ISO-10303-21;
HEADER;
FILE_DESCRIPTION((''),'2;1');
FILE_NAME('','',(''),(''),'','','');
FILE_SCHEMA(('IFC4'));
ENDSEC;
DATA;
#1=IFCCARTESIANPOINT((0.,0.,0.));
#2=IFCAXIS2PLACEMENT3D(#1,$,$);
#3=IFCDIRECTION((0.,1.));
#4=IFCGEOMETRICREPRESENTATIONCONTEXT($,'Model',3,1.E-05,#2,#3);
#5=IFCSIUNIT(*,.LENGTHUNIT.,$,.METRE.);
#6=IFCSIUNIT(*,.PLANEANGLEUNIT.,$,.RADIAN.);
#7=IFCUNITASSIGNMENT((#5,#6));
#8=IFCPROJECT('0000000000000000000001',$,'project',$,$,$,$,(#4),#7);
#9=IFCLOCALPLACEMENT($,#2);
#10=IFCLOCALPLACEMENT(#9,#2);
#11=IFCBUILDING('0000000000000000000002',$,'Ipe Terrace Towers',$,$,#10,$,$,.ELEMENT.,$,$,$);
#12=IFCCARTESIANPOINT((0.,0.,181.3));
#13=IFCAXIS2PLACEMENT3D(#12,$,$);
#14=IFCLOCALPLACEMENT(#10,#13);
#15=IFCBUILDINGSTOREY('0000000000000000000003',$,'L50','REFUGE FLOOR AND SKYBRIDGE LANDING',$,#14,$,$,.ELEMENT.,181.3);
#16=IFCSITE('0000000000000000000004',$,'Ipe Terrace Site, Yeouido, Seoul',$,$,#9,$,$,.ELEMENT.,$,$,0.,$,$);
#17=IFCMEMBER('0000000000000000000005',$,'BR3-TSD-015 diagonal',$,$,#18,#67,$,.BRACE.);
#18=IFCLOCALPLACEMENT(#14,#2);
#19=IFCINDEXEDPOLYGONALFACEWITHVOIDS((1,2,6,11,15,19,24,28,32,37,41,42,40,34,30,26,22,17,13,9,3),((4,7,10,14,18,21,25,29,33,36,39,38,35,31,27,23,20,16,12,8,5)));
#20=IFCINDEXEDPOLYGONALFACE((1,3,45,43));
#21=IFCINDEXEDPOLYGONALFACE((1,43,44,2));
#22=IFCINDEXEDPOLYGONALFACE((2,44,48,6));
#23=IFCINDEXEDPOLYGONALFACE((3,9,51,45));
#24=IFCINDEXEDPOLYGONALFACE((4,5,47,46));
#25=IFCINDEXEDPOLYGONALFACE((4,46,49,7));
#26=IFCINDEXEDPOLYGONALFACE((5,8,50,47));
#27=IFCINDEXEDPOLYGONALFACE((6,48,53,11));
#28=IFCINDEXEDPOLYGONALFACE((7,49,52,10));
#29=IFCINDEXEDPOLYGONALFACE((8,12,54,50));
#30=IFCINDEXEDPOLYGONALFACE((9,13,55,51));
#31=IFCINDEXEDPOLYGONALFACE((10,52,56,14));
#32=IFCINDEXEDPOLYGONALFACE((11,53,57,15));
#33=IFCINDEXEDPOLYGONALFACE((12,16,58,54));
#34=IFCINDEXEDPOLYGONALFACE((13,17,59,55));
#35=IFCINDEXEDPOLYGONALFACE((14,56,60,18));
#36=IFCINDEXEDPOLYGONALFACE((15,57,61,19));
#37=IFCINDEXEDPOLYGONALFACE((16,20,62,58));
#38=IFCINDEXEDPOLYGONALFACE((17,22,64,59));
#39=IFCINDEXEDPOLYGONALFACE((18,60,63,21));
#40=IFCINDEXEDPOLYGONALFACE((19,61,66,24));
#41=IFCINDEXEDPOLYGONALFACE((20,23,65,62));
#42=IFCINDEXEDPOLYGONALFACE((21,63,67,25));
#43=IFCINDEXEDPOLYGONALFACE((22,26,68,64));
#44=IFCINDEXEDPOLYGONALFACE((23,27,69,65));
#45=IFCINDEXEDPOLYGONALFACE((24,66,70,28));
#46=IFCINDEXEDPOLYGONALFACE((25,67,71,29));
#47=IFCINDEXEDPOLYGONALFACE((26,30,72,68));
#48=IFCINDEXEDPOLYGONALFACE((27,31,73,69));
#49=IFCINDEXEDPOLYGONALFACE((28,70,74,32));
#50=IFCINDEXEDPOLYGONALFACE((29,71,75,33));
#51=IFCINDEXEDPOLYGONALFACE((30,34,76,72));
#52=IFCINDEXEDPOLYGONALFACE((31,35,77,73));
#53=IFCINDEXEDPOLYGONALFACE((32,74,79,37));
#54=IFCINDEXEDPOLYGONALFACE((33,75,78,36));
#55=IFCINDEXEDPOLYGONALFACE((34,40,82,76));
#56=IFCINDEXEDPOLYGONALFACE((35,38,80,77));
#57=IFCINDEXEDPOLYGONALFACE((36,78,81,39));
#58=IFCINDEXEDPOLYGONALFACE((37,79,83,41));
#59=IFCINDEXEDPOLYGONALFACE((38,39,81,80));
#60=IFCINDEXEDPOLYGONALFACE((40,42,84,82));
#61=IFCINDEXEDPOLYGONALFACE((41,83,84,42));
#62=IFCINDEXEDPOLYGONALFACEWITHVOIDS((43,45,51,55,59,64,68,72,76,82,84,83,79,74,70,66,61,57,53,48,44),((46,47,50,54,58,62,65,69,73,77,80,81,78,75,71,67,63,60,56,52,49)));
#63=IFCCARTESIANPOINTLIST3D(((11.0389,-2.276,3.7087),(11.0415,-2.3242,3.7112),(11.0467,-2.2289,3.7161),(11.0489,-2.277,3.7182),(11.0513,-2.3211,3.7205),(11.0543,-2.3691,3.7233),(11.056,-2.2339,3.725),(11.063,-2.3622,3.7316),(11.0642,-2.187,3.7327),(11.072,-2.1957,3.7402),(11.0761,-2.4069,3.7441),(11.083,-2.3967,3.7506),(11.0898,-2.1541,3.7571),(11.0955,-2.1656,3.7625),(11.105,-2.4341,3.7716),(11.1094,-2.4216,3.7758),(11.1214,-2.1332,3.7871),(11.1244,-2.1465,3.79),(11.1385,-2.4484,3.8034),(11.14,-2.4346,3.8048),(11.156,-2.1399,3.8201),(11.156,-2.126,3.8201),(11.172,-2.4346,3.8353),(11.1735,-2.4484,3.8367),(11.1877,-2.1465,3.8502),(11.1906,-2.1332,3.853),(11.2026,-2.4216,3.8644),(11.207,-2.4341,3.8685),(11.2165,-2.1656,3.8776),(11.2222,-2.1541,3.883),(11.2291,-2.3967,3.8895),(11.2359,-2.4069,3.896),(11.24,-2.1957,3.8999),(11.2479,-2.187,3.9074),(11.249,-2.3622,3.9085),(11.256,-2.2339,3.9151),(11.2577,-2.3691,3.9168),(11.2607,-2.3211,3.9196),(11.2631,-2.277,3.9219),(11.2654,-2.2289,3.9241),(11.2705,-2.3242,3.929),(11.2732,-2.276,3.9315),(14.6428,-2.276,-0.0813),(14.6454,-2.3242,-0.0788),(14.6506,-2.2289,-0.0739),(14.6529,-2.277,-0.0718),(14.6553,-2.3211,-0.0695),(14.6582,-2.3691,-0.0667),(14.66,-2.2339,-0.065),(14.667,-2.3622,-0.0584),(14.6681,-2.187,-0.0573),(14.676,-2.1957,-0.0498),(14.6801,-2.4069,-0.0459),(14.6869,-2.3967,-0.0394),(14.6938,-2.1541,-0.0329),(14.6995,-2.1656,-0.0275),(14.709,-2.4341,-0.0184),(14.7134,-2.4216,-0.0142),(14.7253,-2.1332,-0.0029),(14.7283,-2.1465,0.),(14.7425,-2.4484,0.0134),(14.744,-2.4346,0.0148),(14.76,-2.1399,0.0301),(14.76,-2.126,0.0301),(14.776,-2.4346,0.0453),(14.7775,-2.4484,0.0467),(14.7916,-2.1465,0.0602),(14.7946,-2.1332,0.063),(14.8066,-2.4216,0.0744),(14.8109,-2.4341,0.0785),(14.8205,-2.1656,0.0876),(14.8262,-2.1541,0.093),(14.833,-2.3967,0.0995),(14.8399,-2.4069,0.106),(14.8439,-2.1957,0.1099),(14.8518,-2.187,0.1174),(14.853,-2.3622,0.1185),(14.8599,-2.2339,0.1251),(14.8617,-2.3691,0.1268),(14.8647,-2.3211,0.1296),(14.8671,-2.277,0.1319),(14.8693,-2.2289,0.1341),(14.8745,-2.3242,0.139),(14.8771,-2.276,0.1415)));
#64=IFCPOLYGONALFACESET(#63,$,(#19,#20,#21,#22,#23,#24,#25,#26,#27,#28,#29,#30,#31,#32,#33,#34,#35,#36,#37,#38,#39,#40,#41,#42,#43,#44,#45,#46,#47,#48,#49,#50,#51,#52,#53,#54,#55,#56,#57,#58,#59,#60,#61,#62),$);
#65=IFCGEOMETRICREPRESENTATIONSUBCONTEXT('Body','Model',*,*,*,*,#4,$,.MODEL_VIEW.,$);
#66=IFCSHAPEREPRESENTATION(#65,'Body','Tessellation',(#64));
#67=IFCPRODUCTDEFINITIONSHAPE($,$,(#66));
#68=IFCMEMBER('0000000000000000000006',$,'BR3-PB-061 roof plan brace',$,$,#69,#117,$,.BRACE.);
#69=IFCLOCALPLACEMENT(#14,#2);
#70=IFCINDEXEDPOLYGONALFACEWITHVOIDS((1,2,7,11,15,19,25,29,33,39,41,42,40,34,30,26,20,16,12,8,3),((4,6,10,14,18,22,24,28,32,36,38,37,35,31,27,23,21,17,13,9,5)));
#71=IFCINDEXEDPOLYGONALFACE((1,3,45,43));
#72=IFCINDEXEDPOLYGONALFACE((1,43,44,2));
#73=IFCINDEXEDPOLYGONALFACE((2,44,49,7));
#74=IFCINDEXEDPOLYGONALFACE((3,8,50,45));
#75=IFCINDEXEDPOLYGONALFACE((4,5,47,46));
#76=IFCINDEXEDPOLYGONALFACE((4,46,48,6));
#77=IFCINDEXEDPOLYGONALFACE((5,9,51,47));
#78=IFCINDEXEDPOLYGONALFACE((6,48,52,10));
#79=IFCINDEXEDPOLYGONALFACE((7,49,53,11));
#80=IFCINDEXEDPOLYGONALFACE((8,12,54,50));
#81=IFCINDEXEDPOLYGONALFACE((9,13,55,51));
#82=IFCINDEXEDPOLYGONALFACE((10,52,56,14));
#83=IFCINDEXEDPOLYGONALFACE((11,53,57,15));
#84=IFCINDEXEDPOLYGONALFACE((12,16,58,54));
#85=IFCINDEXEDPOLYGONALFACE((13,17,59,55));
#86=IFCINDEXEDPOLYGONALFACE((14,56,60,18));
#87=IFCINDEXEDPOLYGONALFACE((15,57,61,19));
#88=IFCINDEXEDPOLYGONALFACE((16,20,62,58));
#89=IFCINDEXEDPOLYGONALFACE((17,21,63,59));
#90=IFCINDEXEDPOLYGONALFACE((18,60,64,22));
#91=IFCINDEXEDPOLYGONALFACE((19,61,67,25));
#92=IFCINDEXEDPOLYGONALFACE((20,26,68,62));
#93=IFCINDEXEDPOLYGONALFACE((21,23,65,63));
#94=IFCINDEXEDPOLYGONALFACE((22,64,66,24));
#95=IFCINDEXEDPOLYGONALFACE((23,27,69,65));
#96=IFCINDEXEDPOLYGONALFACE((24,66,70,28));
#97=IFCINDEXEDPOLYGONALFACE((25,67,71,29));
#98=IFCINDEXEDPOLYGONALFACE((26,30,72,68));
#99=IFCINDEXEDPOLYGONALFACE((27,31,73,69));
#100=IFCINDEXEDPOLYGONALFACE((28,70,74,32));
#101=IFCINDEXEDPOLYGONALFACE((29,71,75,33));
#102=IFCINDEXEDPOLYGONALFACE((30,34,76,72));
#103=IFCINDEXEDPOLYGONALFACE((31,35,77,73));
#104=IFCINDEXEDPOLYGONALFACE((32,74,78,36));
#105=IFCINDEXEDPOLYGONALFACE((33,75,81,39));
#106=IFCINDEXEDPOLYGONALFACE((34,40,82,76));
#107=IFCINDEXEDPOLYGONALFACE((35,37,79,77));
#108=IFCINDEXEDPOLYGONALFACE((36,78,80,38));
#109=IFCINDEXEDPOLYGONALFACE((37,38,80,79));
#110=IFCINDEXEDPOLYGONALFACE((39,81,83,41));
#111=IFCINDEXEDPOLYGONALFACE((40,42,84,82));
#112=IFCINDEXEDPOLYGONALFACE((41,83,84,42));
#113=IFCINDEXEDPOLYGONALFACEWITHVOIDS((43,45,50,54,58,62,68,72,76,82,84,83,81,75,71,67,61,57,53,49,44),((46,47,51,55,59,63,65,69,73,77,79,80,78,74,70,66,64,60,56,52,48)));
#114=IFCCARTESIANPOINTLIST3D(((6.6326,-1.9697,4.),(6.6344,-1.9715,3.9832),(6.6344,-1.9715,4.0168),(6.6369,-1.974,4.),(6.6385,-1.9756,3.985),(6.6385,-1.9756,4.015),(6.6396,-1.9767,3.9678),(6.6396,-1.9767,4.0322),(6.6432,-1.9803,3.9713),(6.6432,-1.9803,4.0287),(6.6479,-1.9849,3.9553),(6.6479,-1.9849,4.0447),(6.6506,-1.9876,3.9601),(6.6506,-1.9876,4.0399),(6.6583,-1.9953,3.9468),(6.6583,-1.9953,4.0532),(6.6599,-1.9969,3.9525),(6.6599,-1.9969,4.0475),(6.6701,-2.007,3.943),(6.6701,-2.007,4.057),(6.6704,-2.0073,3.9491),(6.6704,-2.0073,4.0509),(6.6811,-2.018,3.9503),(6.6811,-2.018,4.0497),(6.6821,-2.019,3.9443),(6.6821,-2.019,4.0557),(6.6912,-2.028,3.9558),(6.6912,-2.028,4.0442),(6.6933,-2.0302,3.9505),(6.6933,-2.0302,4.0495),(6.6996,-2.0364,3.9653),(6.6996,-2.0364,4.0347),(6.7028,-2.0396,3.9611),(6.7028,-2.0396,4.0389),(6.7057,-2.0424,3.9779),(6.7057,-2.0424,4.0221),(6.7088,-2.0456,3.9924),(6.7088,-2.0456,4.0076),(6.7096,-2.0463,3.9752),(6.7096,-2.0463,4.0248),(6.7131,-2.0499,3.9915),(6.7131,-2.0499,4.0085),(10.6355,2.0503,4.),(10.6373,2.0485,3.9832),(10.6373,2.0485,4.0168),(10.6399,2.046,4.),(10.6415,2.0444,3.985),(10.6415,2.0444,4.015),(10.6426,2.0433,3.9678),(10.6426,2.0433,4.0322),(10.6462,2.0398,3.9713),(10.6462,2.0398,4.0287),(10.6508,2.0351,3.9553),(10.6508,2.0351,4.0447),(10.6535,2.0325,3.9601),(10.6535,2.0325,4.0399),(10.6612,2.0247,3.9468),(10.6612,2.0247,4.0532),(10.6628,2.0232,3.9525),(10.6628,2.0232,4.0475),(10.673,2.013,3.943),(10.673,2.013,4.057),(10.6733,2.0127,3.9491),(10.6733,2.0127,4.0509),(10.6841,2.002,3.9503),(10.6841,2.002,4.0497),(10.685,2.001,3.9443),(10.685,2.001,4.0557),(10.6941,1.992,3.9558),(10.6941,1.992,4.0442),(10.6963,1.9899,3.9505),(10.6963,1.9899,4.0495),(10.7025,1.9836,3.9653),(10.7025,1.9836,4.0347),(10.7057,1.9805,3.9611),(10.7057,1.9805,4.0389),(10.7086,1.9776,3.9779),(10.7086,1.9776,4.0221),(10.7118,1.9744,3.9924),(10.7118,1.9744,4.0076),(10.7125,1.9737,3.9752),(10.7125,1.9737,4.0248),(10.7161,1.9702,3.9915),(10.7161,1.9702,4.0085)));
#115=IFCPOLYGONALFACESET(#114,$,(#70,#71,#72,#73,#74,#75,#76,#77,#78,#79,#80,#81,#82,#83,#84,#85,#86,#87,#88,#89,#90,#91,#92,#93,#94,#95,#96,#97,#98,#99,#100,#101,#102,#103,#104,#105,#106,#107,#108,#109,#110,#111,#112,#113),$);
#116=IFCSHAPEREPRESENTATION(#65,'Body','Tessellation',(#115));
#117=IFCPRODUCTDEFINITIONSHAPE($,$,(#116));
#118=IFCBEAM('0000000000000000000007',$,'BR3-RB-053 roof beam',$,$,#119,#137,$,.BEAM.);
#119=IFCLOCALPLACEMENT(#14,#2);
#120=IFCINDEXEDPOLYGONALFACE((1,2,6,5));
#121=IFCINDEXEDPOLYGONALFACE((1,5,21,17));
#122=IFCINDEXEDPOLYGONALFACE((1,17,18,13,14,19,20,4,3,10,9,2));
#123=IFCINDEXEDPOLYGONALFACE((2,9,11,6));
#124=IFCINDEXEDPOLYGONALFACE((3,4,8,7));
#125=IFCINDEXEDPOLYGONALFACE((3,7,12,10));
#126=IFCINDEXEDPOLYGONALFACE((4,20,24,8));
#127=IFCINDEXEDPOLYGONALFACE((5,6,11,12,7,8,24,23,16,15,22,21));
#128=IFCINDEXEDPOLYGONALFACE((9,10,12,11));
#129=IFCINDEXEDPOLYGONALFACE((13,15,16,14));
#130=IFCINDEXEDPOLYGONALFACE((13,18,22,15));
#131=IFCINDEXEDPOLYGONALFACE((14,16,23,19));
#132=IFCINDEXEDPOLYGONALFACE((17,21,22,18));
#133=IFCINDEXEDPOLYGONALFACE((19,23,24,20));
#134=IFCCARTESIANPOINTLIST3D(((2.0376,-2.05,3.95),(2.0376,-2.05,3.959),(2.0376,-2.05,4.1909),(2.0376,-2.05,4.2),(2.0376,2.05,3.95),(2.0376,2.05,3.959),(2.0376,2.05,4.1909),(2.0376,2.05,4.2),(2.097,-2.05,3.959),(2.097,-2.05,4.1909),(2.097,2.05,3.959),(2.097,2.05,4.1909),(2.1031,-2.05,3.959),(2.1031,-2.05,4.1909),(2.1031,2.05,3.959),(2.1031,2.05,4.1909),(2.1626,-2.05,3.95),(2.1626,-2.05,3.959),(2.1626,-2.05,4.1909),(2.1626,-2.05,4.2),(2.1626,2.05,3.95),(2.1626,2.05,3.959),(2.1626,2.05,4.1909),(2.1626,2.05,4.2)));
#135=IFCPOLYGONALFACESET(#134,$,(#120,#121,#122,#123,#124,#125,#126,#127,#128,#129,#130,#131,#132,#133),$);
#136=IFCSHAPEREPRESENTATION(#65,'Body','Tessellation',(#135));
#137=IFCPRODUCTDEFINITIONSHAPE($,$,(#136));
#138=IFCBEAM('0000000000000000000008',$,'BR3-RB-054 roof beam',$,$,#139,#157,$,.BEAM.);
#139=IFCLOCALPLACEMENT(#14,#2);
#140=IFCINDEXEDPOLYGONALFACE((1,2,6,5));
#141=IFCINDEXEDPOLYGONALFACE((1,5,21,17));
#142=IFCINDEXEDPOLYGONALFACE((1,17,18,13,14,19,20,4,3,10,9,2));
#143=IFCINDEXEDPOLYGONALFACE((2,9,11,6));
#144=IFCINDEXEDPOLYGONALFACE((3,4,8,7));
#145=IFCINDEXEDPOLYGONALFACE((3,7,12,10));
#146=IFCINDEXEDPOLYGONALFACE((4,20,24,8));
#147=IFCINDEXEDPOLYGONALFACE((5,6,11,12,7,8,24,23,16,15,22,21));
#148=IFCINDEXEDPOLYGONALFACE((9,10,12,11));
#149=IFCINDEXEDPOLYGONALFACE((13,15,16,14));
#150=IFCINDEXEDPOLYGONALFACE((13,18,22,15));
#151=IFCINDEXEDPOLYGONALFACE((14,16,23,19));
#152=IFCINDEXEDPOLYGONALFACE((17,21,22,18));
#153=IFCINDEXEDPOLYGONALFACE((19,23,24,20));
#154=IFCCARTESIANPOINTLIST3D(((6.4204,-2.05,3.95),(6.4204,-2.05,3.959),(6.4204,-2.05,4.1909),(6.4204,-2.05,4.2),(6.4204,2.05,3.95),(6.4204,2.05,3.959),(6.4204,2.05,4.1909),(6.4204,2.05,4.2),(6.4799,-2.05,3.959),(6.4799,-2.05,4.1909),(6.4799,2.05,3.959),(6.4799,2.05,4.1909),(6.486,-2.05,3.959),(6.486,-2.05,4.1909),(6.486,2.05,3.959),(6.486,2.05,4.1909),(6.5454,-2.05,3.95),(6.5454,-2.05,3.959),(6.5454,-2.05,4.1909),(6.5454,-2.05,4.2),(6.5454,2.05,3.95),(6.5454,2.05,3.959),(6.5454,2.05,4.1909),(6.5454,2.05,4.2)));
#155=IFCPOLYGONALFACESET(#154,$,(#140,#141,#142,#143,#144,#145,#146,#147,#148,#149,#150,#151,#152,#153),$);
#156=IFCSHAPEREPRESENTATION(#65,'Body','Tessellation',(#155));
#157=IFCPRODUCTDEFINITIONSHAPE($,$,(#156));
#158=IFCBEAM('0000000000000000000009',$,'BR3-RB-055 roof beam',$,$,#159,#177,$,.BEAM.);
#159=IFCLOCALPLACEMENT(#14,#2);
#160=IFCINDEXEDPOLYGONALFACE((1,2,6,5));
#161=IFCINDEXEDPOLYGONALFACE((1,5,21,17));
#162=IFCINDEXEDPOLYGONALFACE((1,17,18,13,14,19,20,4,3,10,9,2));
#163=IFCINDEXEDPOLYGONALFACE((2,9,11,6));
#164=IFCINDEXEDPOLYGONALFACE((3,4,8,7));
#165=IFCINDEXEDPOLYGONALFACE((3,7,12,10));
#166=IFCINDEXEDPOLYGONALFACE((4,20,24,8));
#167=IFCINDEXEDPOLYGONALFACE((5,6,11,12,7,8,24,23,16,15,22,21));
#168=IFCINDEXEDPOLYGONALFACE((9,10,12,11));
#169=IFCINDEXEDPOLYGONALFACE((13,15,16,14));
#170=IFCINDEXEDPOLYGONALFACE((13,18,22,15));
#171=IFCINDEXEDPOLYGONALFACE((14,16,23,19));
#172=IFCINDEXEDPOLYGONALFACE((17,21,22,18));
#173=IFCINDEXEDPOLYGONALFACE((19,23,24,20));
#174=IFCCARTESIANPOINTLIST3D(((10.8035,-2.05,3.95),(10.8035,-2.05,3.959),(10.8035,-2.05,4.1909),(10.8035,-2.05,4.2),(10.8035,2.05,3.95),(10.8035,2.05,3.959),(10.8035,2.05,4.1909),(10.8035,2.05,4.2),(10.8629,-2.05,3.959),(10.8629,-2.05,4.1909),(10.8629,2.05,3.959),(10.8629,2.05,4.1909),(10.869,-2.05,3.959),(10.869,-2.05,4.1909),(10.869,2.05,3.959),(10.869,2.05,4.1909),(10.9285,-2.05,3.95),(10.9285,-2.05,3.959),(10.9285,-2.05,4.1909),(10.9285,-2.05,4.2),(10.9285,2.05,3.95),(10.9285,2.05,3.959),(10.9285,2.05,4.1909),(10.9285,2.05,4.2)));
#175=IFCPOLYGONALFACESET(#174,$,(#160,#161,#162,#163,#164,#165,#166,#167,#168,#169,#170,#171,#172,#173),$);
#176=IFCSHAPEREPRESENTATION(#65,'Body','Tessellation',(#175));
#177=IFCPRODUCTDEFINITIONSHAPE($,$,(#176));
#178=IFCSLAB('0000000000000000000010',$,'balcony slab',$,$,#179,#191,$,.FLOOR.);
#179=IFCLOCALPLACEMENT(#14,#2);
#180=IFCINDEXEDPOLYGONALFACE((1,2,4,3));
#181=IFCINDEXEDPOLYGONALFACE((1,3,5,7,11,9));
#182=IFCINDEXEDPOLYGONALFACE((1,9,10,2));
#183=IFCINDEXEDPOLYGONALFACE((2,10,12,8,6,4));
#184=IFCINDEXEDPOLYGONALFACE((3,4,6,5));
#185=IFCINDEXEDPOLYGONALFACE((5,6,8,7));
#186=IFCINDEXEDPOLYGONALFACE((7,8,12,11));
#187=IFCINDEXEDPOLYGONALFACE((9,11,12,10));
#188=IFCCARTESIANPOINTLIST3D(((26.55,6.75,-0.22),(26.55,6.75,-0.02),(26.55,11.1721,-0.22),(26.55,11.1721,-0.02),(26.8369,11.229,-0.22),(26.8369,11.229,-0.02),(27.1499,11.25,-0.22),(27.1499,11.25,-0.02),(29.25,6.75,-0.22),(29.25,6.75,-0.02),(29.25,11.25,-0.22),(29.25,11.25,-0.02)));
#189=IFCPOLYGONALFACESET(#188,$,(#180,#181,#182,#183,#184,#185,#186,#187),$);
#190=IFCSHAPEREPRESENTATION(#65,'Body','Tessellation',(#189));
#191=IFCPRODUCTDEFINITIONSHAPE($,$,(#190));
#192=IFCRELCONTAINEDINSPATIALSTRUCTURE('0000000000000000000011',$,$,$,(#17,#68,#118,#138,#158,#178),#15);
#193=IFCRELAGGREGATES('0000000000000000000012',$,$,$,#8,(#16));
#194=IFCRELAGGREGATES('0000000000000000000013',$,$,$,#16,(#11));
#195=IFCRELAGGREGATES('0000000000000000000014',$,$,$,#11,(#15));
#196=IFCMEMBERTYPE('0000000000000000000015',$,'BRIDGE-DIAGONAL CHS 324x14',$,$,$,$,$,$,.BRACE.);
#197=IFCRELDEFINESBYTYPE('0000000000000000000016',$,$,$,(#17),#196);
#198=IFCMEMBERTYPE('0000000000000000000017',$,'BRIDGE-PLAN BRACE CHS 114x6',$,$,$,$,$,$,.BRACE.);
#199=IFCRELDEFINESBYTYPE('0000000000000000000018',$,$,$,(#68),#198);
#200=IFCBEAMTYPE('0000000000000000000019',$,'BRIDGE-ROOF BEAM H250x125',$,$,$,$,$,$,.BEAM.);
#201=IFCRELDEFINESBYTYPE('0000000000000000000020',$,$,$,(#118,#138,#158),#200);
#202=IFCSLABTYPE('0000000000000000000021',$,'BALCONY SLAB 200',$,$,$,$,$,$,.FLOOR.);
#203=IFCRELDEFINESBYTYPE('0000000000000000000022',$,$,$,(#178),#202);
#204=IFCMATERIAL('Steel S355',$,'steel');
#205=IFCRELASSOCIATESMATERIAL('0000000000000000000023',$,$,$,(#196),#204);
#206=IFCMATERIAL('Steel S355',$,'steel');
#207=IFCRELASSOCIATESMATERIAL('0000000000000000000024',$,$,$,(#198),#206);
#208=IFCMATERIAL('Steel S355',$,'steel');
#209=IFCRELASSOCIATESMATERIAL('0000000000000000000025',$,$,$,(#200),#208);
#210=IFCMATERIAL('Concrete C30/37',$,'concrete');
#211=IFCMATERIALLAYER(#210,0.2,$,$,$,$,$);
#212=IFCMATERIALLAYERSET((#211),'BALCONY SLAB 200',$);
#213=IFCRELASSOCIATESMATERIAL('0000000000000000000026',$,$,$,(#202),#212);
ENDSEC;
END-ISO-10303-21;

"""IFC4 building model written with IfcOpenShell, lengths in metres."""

from ifc_helpers import new_model, si_unit, direction, frame, origin, origin_2d, place, context, subcontext, project, spatial, polyline, hollow_circle, i_section, outline, extrude, material, layer, layer_set, material_profile, profile_set, type_object, element, save


model = new_model("IFC4")

# Units and contexts
model_context = context("Model", 3, precision=1e-05, world=origin(), true_north=direction((0.0, 1.0)))
body_context = subcontext(model_context, "Body", "Model", "MODEL_VIEW")
ifc_project = project(units=[si_unit("LENGTHUNIT", "METRE"), si_unit("PLANEANGLEUNIT", "RADIAN")], contexts=[model_context])

# Site, building, storey
site_placement = place(None, origin())
site = spatial("IfcSite", under=ifc_project, at=site_placement, Name="Ipe Terrace Site, Yeouido, Seoul", CompositionType="ELEMENT", RefElevation=0.0)
building_placement = place(site_placement, origin())
building = spatial("IfcBuilding", under=site, at=building_placement, Name="Ipe Terrace Towers", CompositionType="ELEMENT")
storey_placement = place(building_placement, frame((0.0, 0.0, 181.3)))
storey = spatial("IfcBuildingStorey", under=building, at=storey_placement, Name="L50", Description="REFUGE FLOOR AND SKYBRIDGE LANDING", CompositionType="ELEMENT", Elevation=181.3)

# Members
ifc_material_1 = material(Name="Steel S355", Category="steel")
ifc_material_profile_1 = material_profile(ifc_material_1, hollow_circle(Radius=0.1621, WallThickness=0.0139, at=origin_2d()), Name="BRIDGE-DIAGONAL CHS 324x14")
ifc_profile_set_1 = profile_set([ifc_material_profile_1], Name="Steel S355")
member_type_1 = type_object("IfcMemberType", Name="BRIDGE-DIAGONAL CHS 324x14", PredefinedType="BRACE", material=ifc_profile_set_1)
member_1_placement = place(storey_placement, frame((11.156, -2.2881, 3.8201), z_axis=(0.689098, 0.0, -0.724668), x_axis=(0.0, 1.0, 0.0)))
element("IfcMember", 1, at=member_1_placement, inside=storey, type_object=member_type_1, Name="BR3-TSD-015 diagonal", PredefinedType="BRACE", context=body_context, shape_type="SweptSolid", body=[
    extrude(hollow_circle(Radius=0.1621, WallThickness=0.0139, at=origin_2d()), origin(), (0.0, 0.0, 1.0), 5.23),
])
ifc_material_2 = material(Name="Steel S355", Category="steel")
ifc_material_profile_2 = material_profile(ifc_material_2, hollow_circle(Radius=0.0571, WallThickness=0.0061, at=origin_2d()), Name="BRIDGE-PLAN BRACE CHS 114x6")
ifc_profile_set_2 = profile_set([ifc_material_profile_2], Name="Steel S355")
member_type_2 = type_object("IfcMemberType", Name="BRIDGE-PLAN BRACE CHS 114x6", PredefinedType="BRACE", material=ifc_profile_set_2)
member_2_placement = place(storey_placement, frame((6.6731, -2.01, 4.0), z_axis=(0.705599, 0.708611, 0.0), x_axis=(-0.708611, 0.705599, 0.0)))
element("IfcMember", 2, at=member_2_placement, inside=storey, type_object=member_type_2, Name="BR3-PB-061 roof plan brace", PredefinedType="BRACE", context=body_context, shape_type="SweptSolid", body=[
    extrude(hollow_circle(Radius=0.0571, WallThickness=0.0061, at=origin_2d()), origin(), (0.0, 0.0, 1.0), 5.6731),
])

# Beams
ifc_material_3 = material(Name="Steel S355", Category="steel")
ifc_material_profile_3 = material_profile(ifc_material_3, i_section(OverallWidth=0.125, OverallDepth=0.25, WebThickness=0.0061, FlangeThickness=0.009, at=origin_2d()), Name="H250x125")
ifc_profile_set_3 = profile_set([ifc_material_profile_3], Name="Steel S355")
beam_type_1 = type_object("IfcBeamType", Name="BRIDGE-ROOF BEAM H250x125", PredefinedType="BEAM", material=ifc_profile_set_3)
for number, where, z_axis, x_axis, name in (
    (3, (2.1001, -2.05, 4.075), (0.0, 1.0, 0.0), (-1.0, 0.0, 0.0), "BR3-RB-053 roof beam"),
    (4, (6.4829, -2.05, 4.075), (0.0, 1.0, 0.0), (-1.0, 0.0, 0.0), "BR3-RB-054 roof beam"),
    (5, (10.866, -2.05, 4.075), (0.0, 1.0, 0.0), (-1.0, 0.0, 0.0), "BR3-RB-055 roof beam"),
):
    element("IfcBeam", number, at=place(storey_placement, frame(where, z_axis=z_axis, x_axis=x_axis)), inside=storey, type_object=beam_type_1, Name=name, PredefinedType="BEAM", context=body_context, shape_type="SweptSolid", body=[
        extrude(i_section(OverallWidth=0.125, OverallDepth=0.25, WebThickness=0.0061, FlangeThickness=0.009, at=origin_2d()), origin(), (0.0, 0.0, 1.0), 4.1001),
    ])

# Slab
ifc_material_4 = material(Name="Concrete C30/37", Category="concrete")
ifc_layer_1 = layer(ifc_material_4, 0.2)
ifc_layer_set_1 = layer_set([ifc_layer_1], Name="BALCONY SLAB 200")
slab_type_1 = type_object("IfcSlabType", Name="BALCONY SLAB 200", PredefinedType="FLOOR", material=ifc_layer_set_1)
slab_1_placement = place(storey_placement, frame((0.0, 0.0, -0.22)))
element("IfcSlab", 6, at=slab_1_placement, inside=storey, type_object=slab_type_1, Name="balcony slab", PredefinedType="FLOOR", context=body_context, shape_type="SweptSolid", body=[
    extrude(outline(polyline([(26.8369, 11.229), (26.55, 11.1721), (26.55, 6.75), (29.25, 6.75), (29.25, 11.25), (27.1499, 11.25), (26.8369, 11.229)])), origin(), (0.0, 0.0, 1.0), 0.2),
])

save(model, "model.ifc")
